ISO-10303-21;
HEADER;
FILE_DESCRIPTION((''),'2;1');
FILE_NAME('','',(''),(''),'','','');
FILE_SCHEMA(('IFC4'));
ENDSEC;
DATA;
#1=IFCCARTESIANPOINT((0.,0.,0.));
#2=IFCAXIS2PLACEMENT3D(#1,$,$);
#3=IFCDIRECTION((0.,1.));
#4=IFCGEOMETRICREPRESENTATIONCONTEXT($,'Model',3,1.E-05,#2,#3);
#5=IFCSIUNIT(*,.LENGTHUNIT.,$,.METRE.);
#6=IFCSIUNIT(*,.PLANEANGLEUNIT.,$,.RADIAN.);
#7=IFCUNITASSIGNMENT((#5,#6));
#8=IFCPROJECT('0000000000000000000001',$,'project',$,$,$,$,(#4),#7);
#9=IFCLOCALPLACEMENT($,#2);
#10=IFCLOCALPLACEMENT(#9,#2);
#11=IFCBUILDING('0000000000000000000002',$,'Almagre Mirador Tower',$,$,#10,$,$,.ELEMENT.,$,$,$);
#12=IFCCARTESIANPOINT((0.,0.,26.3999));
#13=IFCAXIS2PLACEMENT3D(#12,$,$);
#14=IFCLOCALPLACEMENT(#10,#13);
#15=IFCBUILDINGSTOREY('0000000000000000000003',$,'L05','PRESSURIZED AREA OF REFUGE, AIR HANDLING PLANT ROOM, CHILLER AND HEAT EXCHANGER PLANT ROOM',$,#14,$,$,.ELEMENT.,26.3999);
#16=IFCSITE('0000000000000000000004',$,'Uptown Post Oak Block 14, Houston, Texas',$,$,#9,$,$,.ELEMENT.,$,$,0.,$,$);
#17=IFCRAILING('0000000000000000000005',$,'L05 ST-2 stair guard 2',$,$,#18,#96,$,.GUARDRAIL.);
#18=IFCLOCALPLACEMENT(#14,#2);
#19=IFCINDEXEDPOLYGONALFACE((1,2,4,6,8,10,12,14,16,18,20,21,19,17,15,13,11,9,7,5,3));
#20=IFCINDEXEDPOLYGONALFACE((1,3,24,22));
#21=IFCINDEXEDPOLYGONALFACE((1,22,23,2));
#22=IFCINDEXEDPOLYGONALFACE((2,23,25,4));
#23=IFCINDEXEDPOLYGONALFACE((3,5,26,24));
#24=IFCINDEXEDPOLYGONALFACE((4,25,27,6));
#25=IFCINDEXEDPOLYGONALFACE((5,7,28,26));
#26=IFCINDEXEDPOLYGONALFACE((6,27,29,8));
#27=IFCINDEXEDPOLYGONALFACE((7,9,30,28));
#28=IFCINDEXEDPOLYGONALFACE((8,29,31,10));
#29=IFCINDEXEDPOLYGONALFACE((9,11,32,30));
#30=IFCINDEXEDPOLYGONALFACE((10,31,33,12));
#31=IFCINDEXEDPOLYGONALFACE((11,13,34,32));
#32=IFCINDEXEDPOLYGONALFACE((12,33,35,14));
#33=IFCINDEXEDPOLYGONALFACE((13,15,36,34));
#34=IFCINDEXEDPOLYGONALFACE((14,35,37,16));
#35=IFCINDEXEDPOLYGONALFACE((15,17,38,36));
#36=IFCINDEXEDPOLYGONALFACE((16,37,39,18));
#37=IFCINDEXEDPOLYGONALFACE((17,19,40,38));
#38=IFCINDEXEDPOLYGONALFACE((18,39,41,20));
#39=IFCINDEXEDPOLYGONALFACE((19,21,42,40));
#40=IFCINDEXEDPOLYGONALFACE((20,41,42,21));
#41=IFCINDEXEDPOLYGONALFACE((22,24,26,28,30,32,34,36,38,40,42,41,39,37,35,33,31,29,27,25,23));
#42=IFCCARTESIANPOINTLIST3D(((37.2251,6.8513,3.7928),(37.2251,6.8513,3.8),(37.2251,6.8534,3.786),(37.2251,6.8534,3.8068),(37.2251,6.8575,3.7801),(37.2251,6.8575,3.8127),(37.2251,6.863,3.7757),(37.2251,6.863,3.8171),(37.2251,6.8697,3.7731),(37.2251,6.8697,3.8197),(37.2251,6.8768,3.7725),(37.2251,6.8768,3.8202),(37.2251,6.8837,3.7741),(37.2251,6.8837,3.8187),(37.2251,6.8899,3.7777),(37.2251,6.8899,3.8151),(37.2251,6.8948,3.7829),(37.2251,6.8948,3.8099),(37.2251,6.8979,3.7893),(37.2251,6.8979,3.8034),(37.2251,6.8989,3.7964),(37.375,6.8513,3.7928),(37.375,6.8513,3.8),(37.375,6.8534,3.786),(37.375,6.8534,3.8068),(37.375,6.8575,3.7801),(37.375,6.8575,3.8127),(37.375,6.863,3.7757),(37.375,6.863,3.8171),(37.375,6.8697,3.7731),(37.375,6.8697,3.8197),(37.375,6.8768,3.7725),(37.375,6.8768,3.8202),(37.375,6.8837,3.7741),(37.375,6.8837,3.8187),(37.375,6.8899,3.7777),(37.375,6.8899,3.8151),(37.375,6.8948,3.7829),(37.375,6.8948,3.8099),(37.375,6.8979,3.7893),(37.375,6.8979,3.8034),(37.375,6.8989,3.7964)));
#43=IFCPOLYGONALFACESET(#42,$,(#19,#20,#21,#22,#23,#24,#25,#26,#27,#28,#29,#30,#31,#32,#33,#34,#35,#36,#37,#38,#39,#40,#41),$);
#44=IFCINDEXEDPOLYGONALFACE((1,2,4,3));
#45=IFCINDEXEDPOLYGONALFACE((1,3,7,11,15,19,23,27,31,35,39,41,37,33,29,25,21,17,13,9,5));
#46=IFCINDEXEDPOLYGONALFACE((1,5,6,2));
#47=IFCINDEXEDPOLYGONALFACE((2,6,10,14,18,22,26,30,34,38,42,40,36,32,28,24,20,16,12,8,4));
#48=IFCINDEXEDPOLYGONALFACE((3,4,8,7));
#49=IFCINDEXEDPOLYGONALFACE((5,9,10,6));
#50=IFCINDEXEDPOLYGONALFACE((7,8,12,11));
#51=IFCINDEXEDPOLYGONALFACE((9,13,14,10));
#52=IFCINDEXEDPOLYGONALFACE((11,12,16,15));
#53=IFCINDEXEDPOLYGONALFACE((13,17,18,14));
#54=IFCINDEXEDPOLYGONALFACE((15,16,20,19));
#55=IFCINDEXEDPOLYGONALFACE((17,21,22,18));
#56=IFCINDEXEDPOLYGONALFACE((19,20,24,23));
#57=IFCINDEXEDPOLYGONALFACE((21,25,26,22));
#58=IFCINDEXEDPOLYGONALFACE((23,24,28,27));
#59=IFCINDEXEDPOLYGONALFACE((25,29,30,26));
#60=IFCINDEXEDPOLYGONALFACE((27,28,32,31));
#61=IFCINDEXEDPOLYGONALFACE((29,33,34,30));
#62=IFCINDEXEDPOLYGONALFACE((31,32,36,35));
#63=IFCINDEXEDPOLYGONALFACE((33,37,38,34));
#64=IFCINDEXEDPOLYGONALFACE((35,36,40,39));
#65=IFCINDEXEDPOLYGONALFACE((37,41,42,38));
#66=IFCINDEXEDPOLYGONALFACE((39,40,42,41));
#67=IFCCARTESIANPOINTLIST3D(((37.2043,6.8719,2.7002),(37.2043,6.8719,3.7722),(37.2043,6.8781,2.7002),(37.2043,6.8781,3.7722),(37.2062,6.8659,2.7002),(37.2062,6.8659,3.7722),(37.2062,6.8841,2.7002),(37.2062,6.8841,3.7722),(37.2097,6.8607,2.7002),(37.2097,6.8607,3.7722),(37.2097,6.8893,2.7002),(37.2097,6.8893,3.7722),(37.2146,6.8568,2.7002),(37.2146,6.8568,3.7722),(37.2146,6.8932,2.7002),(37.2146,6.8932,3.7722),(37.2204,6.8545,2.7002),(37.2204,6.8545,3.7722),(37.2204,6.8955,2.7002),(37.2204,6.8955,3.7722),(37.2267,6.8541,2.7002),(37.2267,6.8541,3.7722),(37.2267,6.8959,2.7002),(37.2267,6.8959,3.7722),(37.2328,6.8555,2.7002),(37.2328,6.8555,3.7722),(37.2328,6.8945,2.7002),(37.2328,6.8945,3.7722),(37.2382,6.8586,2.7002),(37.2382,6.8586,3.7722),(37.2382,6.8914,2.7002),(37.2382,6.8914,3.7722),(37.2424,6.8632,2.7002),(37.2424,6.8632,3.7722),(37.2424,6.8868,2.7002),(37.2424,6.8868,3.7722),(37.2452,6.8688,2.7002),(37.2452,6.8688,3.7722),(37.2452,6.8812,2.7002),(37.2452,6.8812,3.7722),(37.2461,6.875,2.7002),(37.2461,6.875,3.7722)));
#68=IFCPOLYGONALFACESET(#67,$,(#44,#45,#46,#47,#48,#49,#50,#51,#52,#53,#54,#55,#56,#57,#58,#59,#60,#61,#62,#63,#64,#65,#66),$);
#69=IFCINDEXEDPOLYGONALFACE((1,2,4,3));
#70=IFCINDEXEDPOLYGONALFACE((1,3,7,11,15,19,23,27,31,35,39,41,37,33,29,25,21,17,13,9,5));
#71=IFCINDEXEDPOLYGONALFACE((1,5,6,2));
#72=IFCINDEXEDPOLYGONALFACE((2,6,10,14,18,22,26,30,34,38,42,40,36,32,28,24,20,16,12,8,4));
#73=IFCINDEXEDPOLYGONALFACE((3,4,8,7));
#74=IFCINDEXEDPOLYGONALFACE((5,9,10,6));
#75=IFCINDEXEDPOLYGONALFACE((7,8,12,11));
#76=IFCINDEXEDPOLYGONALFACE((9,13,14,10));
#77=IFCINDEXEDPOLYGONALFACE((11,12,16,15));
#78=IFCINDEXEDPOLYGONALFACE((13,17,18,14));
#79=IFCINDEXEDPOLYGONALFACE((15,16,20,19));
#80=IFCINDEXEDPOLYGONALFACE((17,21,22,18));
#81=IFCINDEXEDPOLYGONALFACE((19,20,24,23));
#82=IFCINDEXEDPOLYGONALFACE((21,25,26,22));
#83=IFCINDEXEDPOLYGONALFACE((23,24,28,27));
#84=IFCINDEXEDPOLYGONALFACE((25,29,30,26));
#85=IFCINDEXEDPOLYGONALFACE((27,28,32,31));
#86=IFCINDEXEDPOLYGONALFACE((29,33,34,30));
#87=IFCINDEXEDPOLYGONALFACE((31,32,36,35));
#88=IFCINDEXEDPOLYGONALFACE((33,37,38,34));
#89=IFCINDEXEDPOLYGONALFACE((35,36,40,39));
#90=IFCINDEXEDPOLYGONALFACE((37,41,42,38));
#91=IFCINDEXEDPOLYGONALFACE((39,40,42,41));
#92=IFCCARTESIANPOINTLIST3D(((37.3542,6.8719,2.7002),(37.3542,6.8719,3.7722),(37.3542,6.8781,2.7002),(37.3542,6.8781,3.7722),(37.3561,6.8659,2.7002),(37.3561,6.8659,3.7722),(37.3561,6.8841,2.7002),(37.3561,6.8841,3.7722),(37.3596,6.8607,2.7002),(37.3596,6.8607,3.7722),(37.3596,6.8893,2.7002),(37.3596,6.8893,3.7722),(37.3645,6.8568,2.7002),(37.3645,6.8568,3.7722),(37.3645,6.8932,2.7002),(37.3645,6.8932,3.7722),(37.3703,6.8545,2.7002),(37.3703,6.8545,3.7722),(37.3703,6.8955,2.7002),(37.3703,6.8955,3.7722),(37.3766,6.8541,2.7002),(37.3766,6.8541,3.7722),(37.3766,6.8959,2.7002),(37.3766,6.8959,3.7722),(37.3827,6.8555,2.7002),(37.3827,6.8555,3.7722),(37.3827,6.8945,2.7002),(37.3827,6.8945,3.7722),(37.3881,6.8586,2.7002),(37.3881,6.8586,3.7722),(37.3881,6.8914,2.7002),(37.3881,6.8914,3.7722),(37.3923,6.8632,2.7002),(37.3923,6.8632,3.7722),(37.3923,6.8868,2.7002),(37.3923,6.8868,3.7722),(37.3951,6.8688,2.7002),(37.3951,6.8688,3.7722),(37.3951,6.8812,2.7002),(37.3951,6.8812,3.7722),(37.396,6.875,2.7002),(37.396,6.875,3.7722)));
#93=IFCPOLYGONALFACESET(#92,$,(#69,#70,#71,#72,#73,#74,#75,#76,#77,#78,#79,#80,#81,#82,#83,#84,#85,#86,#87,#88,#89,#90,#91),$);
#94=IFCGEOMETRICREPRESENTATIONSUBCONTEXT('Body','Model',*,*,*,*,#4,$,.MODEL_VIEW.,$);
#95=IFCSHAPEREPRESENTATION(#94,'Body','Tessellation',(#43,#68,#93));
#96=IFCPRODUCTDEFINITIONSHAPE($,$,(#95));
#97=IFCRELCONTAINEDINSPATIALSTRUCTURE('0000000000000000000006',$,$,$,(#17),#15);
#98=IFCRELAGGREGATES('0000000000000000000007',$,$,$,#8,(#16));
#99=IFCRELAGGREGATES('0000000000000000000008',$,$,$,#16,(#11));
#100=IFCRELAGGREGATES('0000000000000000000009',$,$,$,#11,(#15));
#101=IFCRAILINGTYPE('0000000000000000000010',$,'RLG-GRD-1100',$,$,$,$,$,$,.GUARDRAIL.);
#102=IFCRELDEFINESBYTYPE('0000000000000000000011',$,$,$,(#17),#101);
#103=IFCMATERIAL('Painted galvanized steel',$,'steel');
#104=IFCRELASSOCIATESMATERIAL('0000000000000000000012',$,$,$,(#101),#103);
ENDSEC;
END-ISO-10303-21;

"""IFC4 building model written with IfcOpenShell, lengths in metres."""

from ifc_helpers import new_model, si_unit, direction, frame, origin, origin_2d, place, context, subcontext, project, spatial, circle, extrude, material, type_object, element, save


model = new_model("IFC4")

# Units and contexts
model_context = context("Model", 3, precision=1e-05, world=origin(), true_north=direction((0.0, 1.0)))
body_context = subcontext(model_context, "Body", "Model", "MODEL_VIEW")
ifc_project = project(units=[si_unit("LENGTHUNIT", "METRE"), si_unit("PLANEANGLEUNIT", "RADIAN")], contexts=[model_context])

# Site, building, storey
site_placement = place(None, origin())
site = spatial("IfcSite", under=ifc_project, at=site_placement, Name="Uptown Post Oak Block 14, Houston, Texas", CompositionType="ELEMENT", RefElevation=0.0)
building_placement = place(site_placement, origin())
building = spatial("IfcBuilding", under=site, at=building_placement, Name="Almagre Mirador Tower", CompositionType="ELEMENT")
storey_placement = place(building_placement, frame((0.0, 0.0, 26.3999)))
storey = spatial("IfcBuildingStorey", under=building, at=storey_placement, Name="L05", Description="PRESSURIZED AREA OF REFUGE, AIR HANDLING PLANT ROOM, CHILLER AND HEAT EXCHANGER PLANT ROOM", CompositionType="ELEMENT", Elevation=26.3999)

# Railing
ifc_material_1 = material(Name="Painted galvanized steel", Category="steel")
railing_type_1 = type_object("IfcRailingType", Name="RLG-GRD-1100", PredefinedType="GUARDRAIL", material=ifc_material_1)
railing_1_placement = place(storey_placement, frame((37.2251, 6.875, 2.7002)))
element("IfcRailing", 1, at=railing_1_placement, inside=storey, type_object=railing_type_1, Name="L05 ST-2 stair guard 2", PredefinedType="GUARDRAIL", context=body_context, shape_type="SweptSolid", body=[
    extrude(circle(Radius=0.0239, at=origin_2d()), frame((0.0, 0.0, 1.0962), z_axis=(1.0, 0.0, 0.0), x_axis=(0.0, 1.0, 0.0)), (0.0, 0.0, 1.0), 0.1499),
    extrude(circle(Radius=0.021, at=origin_2d()), origin(), (0.0, 0.0, 1.0), 1.072),
    extrude(circle(Radius=0.021, at=origin_2d()), frame((0.1499, 0.0, 0.0)), (0.0, 0.0, 1.0), 1.072),
])

save(model, "model.ifc")
